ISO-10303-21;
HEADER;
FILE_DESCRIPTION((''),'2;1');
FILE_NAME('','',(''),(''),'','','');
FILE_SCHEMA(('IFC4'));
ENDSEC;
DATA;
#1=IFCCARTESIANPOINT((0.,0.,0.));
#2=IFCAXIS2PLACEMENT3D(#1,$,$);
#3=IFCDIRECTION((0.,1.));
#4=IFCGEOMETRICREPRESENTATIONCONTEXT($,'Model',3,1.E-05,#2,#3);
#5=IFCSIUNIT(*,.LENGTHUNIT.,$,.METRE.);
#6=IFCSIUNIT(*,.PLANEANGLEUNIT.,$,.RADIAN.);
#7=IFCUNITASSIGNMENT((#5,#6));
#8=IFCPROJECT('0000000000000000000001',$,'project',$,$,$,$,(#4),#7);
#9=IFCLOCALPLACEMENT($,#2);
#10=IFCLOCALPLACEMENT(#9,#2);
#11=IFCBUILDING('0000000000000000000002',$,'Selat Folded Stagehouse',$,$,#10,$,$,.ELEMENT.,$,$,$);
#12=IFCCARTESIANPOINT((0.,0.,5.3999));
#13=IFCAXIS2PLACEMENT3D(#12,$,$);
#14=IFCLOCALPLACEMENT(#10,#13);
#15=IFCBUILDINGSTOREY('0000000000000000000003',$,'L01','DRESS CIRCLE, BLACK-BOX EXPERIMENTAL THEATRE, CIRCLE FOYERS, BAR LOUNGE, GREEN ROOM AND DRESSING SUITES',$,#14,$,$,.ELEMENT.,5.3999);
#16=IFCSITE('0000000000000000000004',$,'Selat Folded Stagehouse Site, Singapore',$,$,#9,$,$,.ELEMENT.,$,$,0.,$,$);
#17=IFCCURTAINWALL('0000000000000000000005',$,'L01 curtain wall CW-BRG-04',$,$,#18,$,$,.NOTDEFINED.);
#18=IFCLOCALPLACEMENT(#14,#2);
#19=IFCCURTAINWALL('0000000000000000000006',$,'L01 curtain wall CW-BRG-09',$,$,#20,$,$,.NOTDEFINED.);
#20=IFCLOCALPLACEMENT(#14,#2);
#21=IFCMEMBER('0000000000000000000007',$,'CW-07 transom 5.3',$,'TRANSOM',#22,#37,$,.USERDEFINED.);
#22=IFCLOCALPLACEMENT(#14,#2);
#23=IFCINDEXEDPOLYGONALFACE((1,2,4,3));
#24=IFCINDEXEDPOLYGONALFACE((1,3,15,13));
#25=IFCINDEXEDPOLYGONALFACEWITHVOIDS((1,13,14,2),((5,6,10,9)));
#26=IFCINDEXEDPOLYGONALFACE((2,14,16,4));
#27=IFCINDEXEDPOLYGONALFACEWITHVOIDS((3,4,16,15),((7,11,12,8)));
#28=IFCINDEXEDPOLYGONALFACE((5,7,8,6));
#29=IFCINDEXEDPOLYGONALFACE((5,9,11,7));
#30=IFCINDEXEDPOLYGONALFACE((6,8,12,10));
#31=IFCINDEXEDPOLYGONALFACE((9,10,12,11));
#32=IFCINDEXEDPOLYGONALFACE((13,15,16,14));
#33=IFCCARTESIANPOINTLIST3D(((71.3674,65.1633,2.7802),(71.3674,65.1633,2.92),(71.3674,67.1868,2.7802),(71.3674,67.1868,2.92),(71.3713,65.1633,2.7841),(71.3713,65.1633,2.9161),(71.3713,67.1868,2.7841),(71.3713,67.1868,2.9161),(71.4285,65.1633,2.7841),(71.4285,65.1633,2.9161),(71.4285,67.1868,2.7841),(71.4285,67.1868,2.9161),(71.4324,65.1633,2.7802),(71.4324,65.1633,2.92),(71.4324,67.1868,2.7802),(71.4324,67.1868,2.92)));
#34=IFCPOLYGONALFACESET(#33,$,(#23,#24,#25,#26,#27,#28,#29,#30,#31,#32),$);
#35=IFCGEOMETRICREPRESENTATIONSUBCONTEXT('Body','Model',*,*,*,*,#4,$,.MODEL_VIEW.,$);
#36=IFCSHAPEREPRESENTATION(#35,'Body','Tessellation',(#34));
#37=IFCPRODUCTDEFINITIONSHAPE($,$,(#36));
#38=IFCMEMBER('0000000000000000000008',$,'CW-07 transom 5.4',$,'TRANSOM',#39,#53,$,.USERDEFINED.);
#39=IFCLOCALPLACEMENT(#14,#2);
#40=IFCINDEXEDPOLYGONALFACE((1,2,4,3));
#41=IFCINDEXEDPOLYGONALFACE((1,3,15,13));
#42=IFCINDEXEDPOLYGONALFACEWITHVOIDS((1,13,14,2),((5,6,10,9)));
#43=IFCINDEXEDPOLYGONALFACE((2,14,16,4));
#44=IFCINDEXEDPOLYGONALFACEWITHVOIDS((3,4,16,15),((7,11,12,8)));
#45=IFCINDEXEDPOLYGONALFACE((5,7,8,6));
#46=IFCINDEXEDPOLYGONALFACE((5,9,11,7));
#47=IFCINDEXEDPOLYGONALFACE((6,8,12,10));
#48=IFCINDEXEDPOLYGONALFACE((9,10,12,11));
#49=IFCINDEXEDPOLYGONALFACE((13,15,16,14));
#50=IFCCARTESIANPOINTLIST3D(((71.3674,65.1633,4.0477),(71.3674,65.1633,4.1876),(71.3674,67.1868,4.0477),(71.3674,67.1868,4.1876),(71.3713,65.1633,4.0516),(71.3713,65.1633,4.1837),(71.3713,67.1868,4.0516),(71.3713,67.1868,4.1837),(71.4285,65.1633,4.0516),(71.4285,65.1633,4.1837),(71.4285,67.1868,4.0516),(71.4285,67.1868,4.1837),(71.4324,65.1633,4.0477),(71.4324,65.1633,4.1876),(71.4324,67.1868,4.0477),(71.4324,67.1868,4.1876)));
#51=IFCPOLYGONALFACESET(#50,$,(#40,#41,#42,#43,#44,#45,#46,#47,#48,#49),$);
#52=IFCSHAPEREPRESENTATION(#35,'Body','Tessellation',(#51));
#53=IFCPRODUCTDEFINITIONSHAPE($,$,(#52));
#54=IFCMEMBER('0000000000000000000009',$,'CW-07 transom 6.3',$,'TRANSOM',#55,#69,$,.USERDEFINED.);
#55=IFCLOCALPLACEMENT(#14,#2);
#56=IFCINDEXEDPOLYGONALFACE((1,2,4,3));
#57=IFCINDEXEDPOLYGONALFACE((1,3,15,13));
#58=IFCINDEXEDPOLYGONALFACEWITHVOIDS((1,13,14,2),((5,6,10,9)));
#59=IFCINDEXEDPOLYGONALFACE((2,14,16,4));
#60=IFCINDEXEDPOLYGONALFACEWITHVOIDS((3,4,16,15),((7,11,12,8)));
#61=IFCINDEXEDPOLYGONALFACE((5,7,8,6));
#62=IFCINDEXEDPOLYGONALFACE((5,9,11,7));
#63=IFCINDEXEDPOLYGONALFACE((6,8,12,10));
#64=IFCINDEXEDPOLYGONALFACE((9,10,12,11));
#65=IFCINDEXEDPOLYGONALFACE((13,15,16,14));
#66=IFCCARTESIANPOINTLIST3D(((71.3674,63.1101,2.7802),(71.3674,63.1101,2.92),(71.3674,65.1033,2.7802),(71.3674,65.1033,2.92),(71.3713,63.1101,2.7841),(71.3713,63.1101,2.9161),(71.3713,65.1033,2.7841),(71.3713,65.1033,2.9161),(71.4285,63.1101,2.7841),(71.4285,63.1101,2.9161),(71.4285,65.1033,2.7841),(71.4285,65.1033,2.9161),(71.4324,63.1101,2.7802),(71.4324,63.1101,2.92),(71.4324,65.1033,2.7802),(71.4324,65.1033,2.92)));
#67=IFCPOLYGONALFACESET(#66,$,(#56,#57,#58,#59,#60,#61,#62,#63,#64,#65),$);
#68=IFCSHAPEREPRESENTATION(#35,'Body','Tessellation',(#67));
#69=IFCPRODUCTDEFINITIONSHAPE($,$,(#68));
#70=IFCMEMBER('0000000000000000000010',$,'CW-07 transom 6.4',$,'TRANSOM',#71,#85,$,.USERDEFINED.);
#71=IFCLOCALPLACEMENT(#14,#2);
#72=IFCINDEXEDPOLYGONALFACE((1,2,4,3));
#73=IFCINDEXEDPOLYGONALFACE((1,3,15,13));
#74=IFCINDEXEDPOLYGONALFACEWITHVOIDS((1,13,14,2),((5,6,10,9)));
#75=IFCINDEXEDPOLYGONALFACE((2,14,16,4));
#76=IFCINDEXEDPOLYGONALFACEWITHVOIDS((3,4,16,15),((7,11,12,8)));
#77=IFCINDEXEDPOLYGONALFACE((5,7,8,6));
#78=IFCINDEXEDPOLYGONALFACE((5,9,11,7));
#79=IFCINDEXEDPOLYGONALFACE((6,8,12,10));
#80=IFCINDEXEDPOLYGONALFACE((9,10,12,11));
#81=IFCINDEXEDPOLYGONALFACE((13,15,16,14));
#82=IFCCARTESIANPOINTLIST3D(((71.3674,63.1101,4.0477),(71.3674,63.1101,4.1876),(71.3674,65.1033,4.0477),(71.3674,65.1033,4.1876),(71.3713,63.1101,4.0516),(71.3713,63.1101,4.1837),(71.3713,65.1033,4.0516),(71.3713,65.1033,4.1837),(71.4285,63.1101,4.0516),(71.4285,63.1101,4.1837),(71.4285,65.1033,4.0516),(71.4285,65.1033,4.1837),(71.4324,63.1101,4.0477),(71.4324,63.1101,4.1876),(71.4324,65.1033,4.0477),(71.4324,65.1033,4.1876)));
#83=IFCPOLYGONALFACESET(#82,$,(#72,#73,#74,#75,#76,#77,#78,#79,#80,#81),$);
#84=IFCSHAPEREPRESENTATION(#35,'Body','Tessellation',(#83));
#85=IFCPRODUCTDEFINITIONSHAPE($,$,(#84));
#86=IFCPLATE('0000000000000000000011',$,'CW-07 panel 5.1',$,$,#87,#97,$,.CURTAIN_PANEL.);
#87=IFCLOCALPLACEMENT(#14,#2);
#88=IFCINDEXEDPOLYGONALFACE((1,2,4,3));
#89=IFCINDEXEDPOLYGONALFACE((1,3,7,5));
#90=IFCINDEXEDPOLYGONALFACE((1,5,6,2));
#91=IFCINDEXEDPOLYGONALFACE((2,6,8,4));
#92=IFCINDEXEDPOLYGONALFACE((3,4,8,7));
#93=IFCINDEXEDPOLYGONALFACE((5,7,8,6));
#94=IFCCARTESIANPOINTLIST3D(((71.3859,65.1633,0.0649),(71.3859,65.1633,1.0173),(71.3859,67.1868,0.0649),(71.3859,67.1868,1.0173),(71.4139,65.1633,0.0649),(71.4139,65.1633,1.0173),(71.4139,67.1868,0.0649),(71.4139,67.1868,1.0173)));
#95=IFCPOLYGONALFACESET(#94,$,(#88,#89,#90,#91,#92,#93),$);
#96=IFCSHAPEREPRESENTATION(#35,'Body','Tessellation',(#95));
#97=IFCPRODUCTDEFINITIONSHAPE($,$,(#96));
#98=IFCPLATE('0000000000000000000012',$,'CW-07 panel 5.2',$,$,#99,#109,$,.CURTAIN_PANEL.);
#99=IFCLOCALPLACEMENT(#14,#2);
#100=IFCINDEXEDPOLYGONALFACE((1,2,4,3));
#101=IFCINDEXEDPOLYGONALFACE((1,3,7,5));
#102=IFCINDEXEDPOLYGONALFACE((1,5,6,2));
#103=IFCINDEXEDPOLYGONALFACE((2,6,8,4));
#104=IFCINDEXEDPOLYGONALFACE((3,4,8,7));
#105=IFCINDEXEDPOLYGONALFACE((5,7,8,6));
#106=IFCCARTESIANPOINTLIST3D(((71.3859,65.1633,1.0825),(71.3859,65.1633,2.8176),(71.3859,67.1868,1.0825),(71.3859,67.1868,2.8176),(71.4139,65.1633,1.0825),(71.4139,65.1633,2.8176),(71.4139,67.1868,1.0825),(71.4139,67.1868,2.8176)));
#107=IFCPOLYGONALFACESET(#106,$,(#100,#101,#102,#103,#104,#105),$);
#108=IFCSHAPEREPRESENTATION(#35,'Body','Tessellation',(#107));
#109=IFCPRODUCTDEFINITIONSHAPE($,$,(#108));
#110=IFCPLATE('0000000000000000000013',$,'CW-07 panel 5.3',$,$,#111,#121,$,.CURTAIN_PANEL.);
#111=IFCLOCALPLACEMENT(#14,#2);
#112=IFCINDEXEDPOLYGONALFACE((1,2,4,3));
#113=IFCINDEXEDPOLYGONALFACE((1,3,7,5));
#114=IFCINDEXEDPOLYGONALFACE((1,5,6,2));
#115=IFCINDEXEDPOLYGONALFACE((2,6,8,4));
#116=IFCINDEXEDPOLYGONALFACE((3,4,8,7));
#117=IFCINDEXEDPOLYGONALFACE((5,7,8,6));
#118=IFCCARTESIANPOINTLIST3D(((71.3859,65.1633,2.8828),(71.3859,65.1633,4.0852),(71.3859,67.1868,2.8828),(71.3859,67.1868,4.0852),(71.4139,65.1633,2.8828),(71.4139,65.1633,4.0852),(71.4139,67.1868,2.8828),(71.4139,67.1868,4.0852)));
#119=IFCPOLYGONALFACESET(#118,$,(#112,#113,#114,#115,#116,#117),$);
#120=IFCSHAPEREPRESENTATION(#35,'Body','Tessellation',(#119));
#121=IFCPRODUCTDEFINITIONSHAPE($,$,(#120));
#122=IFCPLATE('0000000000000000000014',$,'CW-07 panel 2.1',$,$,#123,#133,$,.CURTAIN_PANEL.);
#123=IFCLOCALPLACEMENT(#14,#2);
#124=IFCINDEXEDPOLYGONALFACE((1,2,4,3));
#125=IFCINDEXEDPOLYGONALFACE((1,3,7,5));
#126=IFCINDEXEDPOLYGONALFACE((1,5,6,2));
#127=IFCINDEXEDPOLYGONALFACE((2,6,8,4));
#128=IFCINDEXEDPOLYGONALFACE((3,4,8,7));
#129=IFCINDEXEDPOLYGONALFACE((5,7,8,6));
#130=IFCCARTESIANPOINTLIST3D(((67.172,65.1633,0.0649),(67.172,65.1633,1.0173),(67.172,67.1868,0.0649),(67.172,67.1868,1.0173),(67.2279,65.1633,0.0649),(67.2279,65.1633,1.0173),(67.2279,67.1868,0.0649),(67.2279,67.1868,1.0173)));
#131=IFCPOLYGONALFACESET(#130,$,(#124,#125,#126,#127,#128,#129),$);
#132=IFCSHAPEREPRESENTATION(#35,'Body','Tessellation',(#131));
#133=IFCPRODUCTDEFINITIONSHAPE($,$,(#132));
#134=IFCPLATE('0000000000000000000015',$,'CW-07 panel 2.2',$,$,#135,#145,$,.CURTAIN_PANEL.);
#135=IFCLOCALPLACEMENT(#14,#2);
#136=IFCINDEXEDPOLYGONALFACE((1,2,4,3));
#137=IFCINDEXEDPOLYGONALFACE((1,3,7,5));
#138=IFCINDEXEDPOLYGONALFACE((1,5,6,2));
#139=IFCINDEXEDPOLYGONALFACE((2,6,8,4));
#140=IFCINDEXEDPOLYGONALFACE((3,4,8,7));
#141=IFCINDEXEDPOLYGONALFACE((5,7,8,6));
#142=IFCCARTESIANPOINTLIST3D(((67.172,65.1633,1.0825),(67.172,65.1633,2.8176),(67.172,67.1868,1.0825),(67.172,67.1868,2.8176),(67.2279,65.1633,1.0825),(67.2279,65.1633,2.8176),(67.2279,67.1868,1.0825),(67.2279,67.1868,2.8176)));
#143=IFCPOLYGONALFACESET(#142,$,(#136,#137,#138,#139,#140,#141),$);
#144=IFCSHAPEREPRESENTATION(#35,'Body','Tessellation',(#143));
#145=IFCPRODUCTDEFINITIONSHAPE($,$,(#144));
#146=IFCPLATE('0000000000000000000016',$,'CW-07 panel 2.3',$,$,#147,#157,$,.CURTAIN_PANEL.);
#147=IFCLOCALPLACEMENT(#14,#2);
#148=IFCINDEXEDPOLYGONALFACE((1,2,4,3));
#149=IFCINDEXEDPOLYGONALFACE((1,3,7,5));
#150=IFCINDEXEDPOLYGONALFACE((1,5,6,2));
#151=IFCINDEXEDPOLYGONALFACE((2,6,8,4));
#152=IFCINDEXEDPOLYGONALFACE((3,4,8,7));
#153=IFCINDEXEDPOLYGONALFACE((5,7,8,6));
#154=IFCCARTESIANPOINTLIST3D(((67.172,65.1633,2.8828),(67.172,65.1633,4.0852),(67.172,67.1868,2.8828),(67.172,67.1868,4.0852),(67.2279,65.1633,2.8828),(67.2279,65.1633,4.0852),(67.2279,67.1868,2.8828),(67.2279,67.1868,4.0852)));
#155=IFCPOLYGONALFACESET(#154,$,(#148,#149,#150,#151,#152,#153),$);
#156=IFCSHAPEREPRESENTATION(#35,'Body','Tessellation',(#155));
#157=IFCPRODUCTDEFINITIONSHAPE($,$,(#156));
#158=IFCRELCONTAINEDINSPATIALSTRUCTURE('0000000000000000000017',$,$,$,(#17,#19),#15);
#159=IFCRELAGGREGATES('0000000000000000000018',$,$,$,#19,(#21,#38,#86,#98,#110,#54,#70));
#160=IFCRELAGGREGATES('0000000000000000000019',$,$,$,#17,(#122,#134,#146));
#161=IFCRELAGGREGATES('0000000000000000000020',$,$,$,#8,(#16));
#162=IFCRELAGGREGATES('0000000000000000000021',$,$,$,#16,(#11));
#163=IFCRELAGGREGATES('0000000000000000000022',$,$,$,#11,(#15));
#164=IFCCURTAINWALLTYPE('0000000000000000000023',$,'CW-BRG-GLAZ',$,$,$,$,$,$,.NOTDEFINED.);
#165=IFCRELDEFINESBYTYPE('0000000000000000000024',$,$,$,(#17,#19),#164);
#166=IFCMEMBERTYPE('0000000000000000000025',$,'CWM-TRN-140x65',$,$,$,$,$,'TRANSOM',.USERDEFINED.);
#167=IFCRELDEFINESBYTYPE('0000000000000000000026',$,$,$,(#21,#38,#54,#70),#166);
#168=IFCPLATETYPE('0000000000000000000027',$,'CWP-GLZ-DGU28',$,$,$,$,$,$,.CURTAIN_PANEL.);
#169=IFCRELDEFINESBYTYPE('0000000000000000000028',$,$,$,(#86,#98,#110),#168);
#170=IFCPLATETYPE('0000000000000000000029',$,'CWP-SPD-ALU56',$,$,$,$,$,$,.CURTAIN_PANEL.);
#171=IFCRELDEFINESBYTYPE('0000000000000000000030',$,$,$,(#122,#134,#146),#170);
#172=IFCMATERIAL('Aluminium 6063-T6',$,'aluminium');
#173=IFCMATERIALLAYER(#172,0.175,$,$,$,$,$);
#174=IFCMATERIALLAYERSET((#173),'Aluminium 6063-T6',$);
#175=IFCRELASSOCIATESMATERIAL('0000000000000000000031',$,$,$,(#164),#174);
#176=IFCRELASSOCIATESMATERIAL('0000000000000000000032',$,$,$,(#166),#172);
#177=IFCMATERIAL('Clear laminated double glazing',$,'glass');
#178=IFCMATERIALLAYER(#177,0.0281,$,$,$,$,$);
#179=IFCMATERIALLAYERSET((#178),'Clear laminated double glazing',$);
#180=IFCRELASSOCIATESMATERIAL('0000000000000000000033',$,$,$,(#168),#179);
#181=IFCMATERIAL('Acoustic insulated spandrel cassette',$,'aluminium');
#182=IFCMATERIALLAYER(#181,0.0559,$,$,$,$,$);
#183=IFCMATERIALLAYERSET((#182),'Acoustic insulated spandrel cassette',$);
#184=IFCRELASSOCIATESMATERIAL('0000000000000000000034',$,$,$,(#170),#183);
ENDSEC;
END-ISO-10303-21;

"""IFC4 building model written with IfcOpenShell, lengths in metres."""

from ifc_helpers import new_model, si_unit, direction, frame, origin, origin_2d, place, context, subcontext, project, spatial, rectangle, hollow_rectangle, extrude, material, layer, layer_set, material_profile, profile_set, type_object, element, aggregate, save


model = new_model("IFC4")

# Units and contexts
model_context = context("Model", 3, precision=1e-05, world=origin(), true_north=direction((0.0, 1.0)))
body_context = subcontext(model_context, "Body", "Model", "MODEL_VIEW")
ifc_project = project(units=[si_unit("LENGTHUNIT", "METRE"), si_unit("PLANEANGLEUNIT", "RADIAN")], contexts=[model_context])

# Site, building, storey
site_placement = place(None, origin())
site = spatial("IfcSite", under=ifc_project, at=site_placement, Name="Selat Folded Stagehouse Site, Singapore", CompositionType="ELEMENT", RefElevation=0.0)
building_placement = place(site_placement, origin())
building = spatial("IfcBuilding", under=site, at=building_placement, Name="Selat Folded Stagehouse", CompositionType="ELEMENT")
storey_placement = place(building_placement, frame((0.0, 0.0, 5.3999)))
storey = spatial("IfcBuildingStorey", under=building, at=storey_placement, Name="L01", Description="DRESS CIRCLE, BLACK-BOX EXPERIMENTAL THEATRE, CIRCLE FOYERS, BAR LOUNGE, GREEN ROOM AND DRESSING SUITES", CompositionType="ELEMENT", Elevation=5.3999)

# Curtain walls
ifc_material_1 = material(Name="Aluminium 6063-T6", Category="aluminium")
ifc_layer_1 = layer(ifc_material_1, 0.175)
ifc_layer_set_1 = layer_set([ifc_layer_1], Name="Aluminium 6063-T6")
curtain_wall_type = type_object("IfcCurtainWallType", Name="CW-BRG-GLAZ", PredefinedType="NOTDEFINED", material=ifc_layer_set_1)
curtain_wall_1_placement = place(storey_placement, origin())
curtain_wall_1 = element("IfcCurtainWall", 1, at=curtain_wall_1_placement, inside=storey, type_object=curtain_wall_type, Name="L01 curtain wall CW-BRG-04", PredefinedType="NOTDEFINED")
curtain_wall_2_placement = place(storey_placement, origin())
curtain_wall_2 = element("IfcCurtainWall", 2, at=curtain_wall_2_placement, inside=storey, type_object=curtain_wall_type, Name="L01 curtain wall CW-BRG-09", PredefinedType="NOTDEFINED")

# Members
ifc_material_profile_1 = material_profile(ifc_material_1, hollow_rectangle(XDim=0.0649, YDim=0.1399, WallThickness=0.0039, at=origin_2d()), Name="ALU 140x65x4.0")
ifc_profile_set_1 = profile_set([ifc_material_profile_1], Name="Aluminium 6063-T6")
member_type_1 = type_object("IfcMemberType", Name="CWM-TRN-140x65", ElementType="TRANSOM", PredefinedType="USERDEFINED", material=ifc_profile_set_1)
member_1_placement = place(storey_placement, frame((71.3999, 67.1868, 2.8501), z_axis=(0.0, -1.0, 0.0), x_axis=(1.0, 0.0, 0.0)))
member_1 = element("IfcMember", 3, at=member_1_placement, type_object=member_type_1, Name="CW-07 transom 5.3", ObjectType="TRANSOM", PredefinedType="USERDEFINED", context=body_context, shape_type="SweptSolid", body=[
    extrude(hollow_rectangle(XDim=0.0649, YDim=0.1399, WallThickness=0.0039, at=origin_2d()), origin(), (0.0, 0.0, 1.0), 2.0234),
])
member_2_placement = place(storey_placement, frame((71.3999, 67.1868, 4.1177), z_axis=(0.0, -1.0, 0.0), x_axis=(1.0, 0.0, 0.0)))
member_2 = element("IfcMember", 4, at=member_2_placement, type_object=member_type_1, Name="CW-07 transom 5.4", ObjectType="TRANSOM", PredefinedType="USERDEFINED", context=body_context, shape_type="SweptSolid", body=[
    extrude(hollow_rectangle(XDim=0.0649, YDim=0.1399, WallThickness=0.0039, at=origin_2d()), origin(), (0.0, 0.0, 1.0), 2.0234),
])
member_3_placement = place(storey_placement, frame((71.3999, 65.1033, 2.8501), z_axis=(0.0, -1.0, 0.0), x_axis=(1.0, 0.0, 0.0)))
member_3 = element("IfcMember", 5, at=member_3_placement, type_object=member_type_1, Name="CW-07 transom 6.3", ObjectType="TRANSOM", PredefinedType="USERDEFINED", context=body_context, shape_type="SweptSolid", body=[
    extrude(hollow_rectangle(XDim=0.0649, YDim=0.1399, WallThickness=0.0039, at=origin_2d()), origin(), (0.0, 0.0, 1.0), 1.9932),
])
member_4_placement = place(storey_placement, frame((71.3999, 65.1033, 4.1177), z_axis=(0.0, -1.0, 0.0), x_axis=(1.0, 0.0, 0.0)))
member_4 = element("IfcMember", 6, at=member_4_placement, type_object=member_type_1, Name="CW-07 transom 6.4", ObjectType="TRANSOM", PredefinedType="USERDEFINED", context=body_context, shape_type="SweptSolid", body=[
    extrude(hollow_rectangle(XDim=0.0649, YDim=0.1399, WallThickness=0.0039, at=origin_2d()), origin(), (0.0, 0.0, 1.0), 1.9932),
])

# Plates
ifc_material_2 = material(Name="Clear laminated double glazing", Category="glass")
ifc_layer_2 = layer(ifc_material_2, 0.0281)
ifc_layer_set_2 = layer_set([ifc_layer_2], Name="Clear laminated double glazing")
plate_type_1 = type_object("IfcPlateType", Name="CWP-GLZ-DGU28", PredefinedType="CURTAIN_PANEL", material=ifc_layer_set_2)
plate_1_placement = place(storey_placement, frame((71.3999, 66.175, 0.0649), z_axis=(0.0, 0.0, 1.0), x_axis=(0.0, -1.0, 0.0)))
plate_1 = element("IfcPlate", 7, at=plate_1_placement, type_object=plate_type_1, Name="CW-07 panel 5.1", PredefinedType="CURTAIN_PANEL", context=body_context, shape_type="SweptSolid", body=[
    extrude(rectangle(XDim=2.0234, YDim=0.0281, at=origin_2d()), origin(), (0.0, 0.0, 1.0), 0.9524),
])
plate_2_placement = place(storey_placement, frame((71.3999, 66.175, 1.0825), z_axis=(0.0, 0.0, 1.0), x_axis=(0.0, -1.0, 0.0)))
plate_2 = element("IfcPlate", 8, at=plate_2_placement, type_object=plate_type_1, Name="CW-07 panel 5.2", PredefinedType="CURTAIN_PANEL", context=body_context, shape_type="SweptSolid", body=[
    extrude(rectangle(XDim=2.0234, YDim=0.0281, at=origin_2d()), origin(), (0.0, 0.0, 1.0), 1.7351),
])
plate_3_placement = place(storey_placement, frame((71.3999, 66.175, 2.8828), z_axis=(0.0, 0.0, 1.0), x_axis=(0.0, -1.0, 0.0)))
plate_3 = element("IfcPlate", 9, at=plate_3_placement, type_object=plate_type_1, Name="CW-07 panel 5.3", PredefinedType="CURTAIN_PANEL", context=body_context, shape_type="SweptSolid", body=[
    extrude(rectangle(XDim=2.0234, YDim=0.0281, at=origin_2d()), origin(), (0.0, 0.0, 1.0), 1.2024),
])
aggregate(curtain_wall_2, [member_1, member_2, plate_1, plate_2, plate_3, member_3, member_4])
ifc_material_3 = material(Name="Acoustic insulated spandrel cassette", Category="aluminium")
ifc_layer_3 = layer(ifc_material_3, 0.0559)
ifc_layer_set_3 = layer_set([ifc_layer_3], Name="Acoustic insulated spandrel cassette")
plate_type_2 = type_object("IfcPlateType", Name="CWP-SPD-ALU56", PredefinedType="CURTAIN_PANEL", material=ifc_layer_set_3)
plate_4_placement = place(storey_placement, frame((67.2, 66.175, 0.0649), z_axis=(0.0, 0.0, 1.0), x_axis=(0.0, 1.0, 0.0)))
plate_4 = element("IfcPlate", 10, at=plate_4_placement, type_object=plate_type_2, Name="CW-07 panel 2.1", PredefinedType="CURTAIN_PANEL", context=body_context, shape_type="SweptSolid", body=[
    extrude(rectangle(XDim=2.0234, YDim=0.0559, at=origin_2d()), origin(), (0.0, 0.0, 1.0), 0.9524),
])
plate_5_placement = place(storey_placement, frame((67.2, 66.175, 1.0825), z_axis=(0.0, 0.0, 1.0), x_axis=(0.0, 1.0, 0.0)))
plate_5 = element("IfcPlate", 11, at=plate_5_placement, type_object=plate_type_2, Name="CW-07 panel 2.2", PredefinedType="CURTAIN_PANEL", context=body_context, shape_type="SweptSolid", body=[
    extrude(rectangle(XDim=2.0234, YDim=0.0559, at=origin_2d()), origin(), (0.0, 0.0, 1.0), 1.7351),
])
plate_6_placement = place(storey_placement, frame((67.2, 66.175, 2.8828), z_axis=(0.0, 0.0, 1.0), x_axis=(0.0, 1.0, 0.0)))
plate_6 = element("IfcPlate", 12, at=plate_6_placement, type_object=plate_type_2, Name="CW-07 panel 2.3", PredefinedType="CURTAIN_PANEL", context=body_context, shape_type="SweptSolid", body=[
    extrude(rectangle(XDim=2.0234, YDim=0.0559, at=origin_2d()), origin(), (0.0, 0.0, 1.0), 1.2024),
])
aggregate(curtain_wall_1, [plate_4, plate_5, plate_6])

save(model, "model.ifc")
